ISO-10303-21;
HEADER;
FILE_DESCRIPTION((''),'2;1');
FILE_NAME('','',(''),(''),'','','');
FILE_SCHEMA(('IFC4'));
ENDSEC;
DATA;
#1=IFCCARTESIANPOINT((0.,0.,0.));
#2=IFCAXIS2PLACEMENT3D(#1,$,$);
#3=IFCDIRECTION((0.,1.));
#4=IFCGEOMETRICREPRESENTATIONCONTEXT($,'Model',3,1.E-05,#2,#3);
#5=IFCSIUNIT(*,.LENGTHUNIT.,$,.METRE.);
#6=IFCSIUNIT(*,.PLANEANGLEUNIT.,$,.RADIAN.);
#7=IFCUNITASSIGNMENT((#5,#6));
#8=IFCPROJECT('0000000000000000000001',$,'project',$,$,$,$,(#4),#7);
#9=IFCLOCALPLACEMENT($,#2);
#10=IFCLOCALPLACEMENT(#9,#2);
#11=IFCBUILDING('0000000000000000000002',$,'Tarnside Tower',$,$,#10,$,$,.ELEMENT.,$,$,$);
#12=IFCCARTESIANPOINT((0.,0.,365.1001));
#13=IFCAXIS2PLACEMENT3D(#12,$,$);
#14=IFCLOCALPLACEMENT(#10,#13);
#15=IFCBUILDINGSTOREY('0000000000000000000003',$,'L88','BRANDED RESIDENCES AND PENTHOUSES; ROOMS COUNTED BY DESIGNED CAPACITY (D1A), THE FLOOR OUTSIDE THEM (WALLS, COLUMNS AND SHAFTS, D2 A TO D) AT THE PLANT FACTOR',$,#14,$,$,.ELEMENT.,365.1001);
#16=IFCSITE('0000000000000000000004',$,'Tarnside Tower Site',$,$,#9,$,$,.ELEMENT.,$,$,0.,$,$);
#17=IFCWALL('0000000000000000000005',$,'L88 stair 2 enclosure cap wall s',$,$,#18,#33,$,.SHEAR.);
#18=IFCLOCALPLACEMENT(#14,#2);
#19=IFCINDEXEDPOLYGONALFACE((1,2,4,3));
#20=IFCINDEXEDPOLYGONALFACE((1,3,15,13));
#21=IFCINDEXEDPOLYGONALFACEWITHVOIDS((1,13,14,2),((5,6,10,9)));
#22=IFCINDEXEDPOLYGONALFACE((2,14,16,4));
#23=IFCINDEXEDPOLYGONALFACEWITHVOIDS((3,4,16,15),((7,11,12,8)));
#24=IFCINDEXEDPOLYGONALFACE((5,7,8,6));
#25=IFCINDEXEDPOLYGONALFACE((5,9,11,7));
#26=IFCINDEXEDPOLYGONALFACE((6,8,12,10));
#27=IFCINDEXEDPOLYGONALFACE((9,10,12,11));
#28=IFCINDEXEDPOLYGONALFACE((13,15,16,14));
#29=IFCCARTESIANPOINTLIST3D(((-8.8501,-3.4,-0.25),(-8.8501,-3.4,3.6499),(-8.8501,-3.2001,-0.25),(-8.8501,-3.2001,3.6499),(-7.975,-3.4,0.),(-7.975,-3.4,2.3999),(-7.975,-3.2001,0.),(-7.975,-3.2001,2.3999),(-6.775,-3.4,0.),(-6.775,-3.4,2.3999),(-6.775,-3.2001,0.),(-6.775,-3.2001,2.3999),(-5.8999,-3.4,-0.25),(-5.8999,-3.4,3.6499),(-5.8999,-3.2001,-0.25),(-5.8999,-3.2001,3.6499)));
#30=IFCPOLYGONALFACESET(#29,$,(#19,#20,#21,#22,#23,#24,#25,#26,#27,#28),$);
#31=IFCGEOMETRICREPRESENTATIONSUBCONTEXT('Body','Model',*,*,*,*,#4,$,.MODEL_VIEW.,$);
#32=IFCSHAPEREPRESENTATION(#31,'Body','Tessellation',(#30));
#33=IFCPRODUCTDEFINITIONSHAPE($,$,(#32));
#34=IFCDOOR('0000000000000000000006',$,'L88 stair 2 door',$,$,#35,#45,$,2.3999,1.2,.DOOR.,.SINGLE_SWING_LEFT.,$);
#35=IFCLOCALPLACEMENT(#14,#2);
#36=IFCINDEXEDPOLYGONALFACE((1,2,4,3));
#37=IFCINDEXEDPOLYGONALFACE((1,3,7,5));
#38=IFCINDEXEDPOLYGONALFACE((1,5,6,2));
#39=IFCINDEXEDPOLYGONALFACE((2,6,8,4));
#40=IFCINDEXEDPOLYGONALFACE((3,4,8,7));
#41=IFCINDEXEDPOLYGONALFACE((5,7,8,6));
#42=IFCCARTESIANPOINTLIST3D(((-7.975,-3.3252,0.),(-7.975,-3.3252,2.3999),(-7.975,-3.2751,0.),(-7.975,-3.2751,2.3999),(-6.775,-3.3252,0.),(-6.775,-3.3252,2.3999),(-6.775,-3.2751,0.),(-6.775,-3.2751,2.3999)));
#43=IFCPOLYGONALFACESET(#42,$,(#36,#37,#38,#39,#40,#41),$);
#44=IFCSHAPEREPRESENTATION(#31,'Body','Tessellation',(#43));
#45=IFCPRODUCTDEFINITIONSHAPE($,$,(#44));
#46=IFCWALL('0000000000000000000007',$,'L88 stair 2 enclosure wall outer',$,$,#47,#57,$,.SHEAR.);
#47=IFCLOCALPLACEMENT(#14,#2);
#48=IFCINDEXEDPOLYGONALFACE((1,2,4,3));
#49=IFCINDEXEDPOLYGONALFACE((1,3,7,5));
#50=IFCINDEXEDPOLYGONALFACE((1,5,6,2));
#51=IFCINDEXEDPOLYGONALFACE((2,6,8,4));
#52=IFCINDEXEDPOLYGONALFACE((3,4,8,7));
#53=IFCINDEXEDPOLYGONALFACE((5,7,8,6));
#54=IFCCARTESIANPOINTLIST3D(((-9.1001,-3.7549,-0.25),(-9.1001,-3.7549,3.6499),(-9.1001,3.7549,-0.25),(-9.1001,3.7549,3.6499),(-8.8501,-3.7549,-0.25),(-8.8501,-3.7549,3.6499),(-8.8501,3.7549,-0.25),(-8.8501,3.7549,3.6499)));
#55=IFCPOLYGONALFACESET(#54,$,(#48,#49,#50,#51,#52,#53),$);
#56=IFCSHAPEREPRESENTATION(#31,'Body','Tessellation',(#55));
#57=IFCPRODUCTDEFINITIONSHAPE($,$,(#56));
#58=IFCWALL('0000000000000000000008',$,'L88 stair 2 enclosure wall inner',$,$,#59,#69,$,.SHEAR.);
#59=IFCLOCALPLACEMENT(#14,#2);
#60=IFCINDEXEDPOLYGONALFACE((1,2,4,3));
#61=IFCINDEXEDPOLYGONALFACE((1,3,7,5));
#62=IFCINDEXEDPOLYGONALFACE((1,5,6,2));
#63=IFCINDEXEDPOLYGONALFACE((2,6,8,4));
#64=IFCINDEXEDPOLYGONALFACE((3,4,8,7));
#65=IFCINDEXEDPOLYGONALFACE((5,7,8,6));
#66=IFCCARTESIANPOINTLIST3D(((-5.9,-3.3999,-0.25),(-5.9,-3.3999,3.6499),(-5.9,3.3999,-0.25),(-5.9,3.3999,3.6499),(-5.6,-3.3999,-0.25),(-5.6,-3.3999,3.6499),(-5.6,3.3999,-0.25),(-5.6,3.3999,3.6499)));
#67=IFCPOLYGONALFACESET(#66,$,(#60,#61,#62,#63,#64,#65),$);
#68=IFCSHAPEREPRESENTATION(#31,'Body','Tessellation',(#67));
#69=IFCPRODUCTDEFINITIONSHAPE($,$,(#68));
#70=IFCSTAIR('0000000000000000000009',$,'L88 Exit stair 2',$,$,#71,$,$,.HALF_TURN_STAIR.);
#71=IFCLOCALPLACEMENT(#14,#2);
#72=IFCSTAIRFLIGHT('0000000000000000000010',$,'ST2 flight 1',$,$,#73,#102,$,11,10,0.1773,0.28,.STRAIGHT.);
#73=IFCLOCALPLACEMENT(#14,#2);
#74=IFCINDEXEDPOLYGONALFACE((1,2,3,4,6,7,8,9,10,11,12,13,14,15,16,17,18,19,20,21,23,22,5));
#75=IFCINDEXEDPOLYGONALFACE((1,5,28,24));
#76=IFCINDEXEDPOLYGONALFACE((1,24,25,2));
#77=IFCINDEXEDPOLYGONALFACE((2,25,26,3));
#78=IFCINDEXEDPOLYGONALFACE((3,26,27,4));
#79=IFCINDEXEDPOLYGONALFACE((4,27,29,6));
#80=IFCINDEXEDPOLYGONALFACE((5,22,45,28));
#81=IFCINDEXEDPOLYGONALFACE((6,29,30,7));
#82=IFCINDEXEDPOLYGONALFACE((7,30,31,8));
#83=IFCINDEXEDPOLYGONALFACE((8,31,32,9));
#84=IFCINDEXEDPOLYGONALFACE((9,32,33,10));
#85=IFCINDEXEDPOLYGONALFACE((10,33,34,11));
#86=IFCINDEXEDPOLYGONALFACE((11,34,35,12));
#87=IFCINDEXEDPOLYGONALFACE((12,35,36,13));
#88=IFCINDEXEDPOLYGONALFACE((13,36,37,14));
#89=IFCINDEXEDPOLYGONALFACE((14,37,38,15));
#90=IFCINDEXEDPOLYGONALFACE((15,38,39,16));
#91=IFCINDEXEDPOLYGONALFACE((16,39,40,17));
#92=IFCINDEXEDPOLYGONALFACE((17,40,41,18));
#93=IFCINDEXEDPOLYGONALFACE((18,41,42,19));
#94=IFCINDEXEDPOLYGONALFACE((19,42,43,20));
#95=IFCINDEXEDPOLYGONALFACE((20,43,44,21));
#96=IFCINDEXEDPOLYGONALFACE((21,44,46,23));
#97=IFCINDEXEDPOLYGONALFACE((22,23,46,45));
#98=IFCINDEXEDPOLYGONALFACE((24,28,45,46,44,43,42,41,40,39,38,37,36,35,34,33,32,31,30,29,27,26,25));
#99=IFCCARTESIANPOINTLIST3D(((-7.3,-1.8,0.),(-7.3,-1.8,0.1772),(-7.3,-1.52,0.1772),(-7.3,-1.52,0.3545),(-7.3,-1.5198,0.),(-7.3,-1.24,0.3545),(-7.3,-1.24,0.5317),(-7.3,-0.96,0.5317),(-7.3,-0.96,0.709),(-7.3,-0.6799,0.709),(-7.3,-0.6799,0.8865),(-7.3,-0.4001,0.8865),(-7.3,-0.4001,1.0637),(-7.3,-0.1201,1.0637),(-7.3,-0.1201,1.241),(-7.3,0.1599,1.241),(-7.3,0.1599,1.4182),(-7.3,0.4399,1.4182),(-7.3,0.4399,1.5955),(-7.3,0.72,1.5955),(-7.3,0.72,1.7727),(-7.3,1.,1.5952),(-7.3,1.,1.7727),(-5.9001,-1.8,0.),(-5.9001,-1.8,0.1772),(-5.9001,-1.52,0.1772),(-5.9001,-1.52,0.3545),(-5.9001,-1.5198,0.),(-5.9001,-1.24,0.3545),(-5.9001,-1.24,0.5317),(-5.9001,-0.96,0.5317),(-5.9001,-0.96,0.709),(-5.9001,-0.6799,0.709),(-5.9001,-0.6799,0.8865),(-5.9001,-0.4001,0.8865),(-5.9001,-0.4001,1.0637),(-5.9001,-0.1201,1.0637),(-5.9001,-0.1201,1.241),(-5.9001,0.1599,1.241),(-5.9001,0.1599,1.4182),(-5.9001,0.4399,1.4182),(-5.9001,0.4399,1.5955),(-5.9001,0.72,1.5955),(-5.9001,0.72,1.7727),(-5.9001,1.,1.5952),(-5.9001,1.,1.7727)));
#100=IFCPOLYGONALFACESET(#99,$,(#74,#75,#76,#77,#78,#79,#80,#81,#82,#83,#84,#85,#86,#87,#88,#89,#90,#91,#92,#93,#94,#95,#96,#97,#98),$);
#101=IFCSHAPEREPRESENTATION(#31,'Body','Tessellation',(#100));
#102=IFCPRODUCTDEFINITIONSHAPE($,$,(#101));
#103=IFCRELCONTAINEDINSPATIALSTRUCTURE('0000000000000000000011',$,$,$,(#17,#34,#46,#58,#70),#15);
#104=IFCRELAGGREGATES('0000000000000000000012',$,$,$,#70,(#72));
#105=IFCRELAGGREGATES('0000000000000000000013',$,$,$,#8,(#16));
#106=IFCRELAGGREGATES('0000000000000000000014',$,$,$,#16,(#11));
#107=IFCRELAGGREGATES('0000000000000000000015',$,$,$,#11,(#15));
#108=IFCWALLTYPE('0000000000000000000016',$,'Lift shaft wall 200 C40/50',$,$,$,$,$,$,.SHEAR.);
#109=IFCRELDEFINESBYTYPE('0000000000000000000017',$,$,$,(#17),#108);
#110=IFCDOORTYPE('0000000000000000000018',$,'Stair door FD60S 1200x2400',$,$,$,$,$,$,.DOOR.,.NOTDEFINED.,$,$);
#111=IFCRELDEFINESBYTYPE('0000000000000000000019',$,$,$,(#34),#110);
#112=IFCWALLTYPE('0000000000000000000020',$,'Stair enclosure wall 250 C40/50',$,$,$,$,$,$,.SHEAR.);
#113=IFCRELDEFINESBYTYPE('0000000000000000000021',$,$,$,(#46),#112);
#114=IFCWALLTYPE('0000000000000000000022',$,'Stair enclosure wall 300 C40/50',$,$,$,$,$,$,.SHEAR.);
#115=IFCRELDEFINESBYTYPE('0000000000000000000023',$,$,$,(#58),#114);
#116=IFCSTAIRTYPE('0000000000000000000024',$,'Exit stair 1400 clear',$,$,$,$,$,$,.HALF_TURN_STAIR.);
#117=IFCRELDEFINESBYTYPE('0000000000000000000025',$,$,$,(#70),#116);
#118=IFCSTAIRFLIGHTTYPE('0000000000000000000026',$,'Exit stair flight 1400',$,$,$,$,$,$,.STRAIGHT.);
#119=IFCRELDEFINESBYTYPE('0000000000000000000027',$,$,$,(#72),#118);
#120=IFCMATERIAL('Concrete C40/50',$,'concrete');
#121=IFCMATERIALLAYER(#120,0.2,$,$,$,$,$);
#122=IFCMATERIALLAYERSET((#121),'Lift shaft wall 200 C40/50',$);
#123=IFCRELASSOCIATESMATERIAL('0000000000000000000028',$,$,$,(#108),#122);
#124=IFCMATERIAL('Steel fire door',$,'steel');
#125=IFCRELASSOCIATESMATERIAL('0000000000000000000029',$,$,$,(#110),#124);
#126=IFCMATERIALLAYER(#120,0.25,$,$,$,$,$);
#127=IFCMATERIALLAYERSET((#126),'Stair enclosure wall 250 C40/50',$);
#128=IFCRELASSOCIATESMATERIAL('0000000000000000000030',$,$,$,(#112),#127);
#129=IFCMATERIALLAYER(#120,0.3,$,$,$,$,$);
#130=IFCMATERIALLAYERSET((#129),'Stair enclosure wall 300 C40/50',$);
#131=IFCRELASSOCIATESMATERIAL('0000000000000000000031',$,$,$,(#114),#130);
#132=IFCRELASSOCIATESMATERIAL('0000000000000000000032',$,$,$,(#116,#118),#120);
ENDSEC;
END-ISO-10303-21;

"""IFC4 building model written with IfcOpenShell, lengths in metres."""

from ifc_helpers import new_model, si_unit, direction, frame, frame_2d, origin, place, context, subcontext, project, spatial, polyline, rectangle, outline, extrude, material, layer, layer_set, type_object, element, fill, aggregate, save


model = new_model("IFC4")

# Units and contexts
model_context = context("Model", 3, precision=1e-05, world=origin(), true_north=direction((0.0, 1.0)))
body_context = subcontext(model_context, "Body", "Model", "MODEL_VIEW")
ifc_project = project(units=[si_unit("LENGTHUNIT", "METRE"), si_unit("PLANEANGLEUNIT", "RADIAN")], contexts=[model_context])

# Site, building, storey
site_placement = place(None, origin())
site = spatial("IfcSite", under=ifc_project, at=site_placement, Name="Tarnside Tower Site", CompositionType="ELEMENT", RefElevation=0.0)
building_placement = place(site_placement, origin())
building = spatial("IfcBuilding", under=site, at=building_placement, Name="Tarnside Tower", CompositionType="ELEMENT")
storey_placement = place(building_placement, frame((0.0, 0.0, 365.1001)))
storey = spatial("IfcBuildingStorey", under=building, at=storey_placement, Name="L88", Description="BRANDED RESIDENCES AND PENTHOUSES; ROOMS COUNTED BY DESIGNED CAPACITY (D1A), THE FLOOR OUTSIDE THEM (WALLS, COLUMNS AND SHAFTS, D2 A TO D) AT THE PLANT FACTOR", CompositionType="ELEMENT", Elevation=365.1001)

# Shared definitions
ifc_material_1 = material(Name="Concrete C40/50", Category="concrete")
ifc_layer_1 = layer(ifc_material_1, 0.2)
ifc_layer_set_1 = layer_set([ifc_layer_1], Name="Lift shaft wall 200 C40/50")
wall_type_1 = type_object("IfcWallType", Name="Lift shaft wall 200 C40/50", PredefinedType="SHEAR", material=ifc_layer_set_1)

# Wall, opening, door
wall_1_placement = place(storey_placement, frame((-8.8501, -3.3, -0.25), z_axis=(0.0, 0.0, 1.0), x_axis=(1.0, 0.0, 0.0)))
wall_1 = element("IfcWall", 1, at=wall_1_placement, inside=storey, type_object=wall_type_1, Name="L88 stair 2 enclosure cap wall s", PredefinedType="SHEAR", context=body_context, shape_type="SweptSolid", body=[
    extrude(rectangle(XDim=2.9502, YDim=0.2, at=frame_2d((1.4751, 0.0))), origin(), (0.0, 0.0, 1.0), 3.8999),
])
opening_1_placement = place(wall_1_placement, frame((0.875, 0.0, 0.25)))
opening_1 = element("IfcOpeningElement", 2, at=opening_1_placement, cuts=wall_1, PredefinedType="OPENING", context=body_context, shape_type="SweptSolid", body=[
    extrude(rectangle(XDim=1.2, YDim=2.3999, at=frame_2d((0.6001, 1.2))), frame((0.0, 0.1099, 0.0), z_axis=(0.0, -1.0, 0.0), x_axis=(1.0, 0.0, 0.0)), (0.0, 0.0, 1.0), 0.22),
])
ifc_material_2 = material(Name="Steel fire door", Category="steel")
door_type_1 = type_object("IfcDoorType", Name="Stair door FD60S 1200x2400", OperationType="NOTDEFINED", PredefinedType="DOOR", material=ifc_material_2)
door_1_placement = place(opening_1_placement, origin())
door_1 = element("IfcDoor", 3, at=door_1_placement, inside=storey, type_object=door_type_1, Name="L88 stair 2 door", OperationType="SINGLE_SWING_LEFT", OverallHeight=2.3999, OverallWidth=1.2, PredefinedType="DOOR", context=body_context, shape_type="SweptSolid", body=[
    extrude(rectangle(XDim=1.2, YDim=2.3999, at=frame_2d((0.6001, 1.2))), frame((0.0, 0.0249, 0.0), z_axis=(0.0, -1.0, 0.0), x_axis=(1.0, 0.0, 0.0)), (0.0, 0.0, 1.0), 0.05),
])
fill(opening_1, door_1)

# Walls
ifc_layer_2 = layer(ifc_material_1, 0.25)
ifc_layer_set_2 = layer_set([ifc_layer_2], Name="Stair enclosure wall 250 C40/50")
wall_type_2 = type_object("IfcWallType", Name="Stair enclosure wall 250 C40/50", PredefinedType="SHEAR", material=ifc_layer_set_2)
wall_2_placement = place(storey_placement, frame((-8.9751, -3.7549, -0.25), z_axis=(0.0, 0.0, 1.0), x_axis=(0.0, 1.0, 0.0)))
element("IfcWall", 4, at=wall_2_placement, inside=storey, type_object=wall_type_2, Name="L88 stair 2 enclosure wall outer", PredefinedType="SHEAR", context=body_context, shape_type="SweptSolid", body=[
    extrude(rectangle(XDim=7.5098, YDim=0.25, at=frame_2d((3.7549, 0.0))), origin(), (0.0, 0.0, 1.0), 3.8999),
])
ifc_layer_3 = layer(ifc_material_1, 0.3)
ifc_layer_set_3 = layer_set([ifc_layer_3], Name="Stair enclosure wall 300 C40/50")
wall_type_3 = type_object("IfcWallType", Name="Stair enclosure wall 300 C40/50", PredefinedType="SHEAR", material=ifc_layer_set_3)
wall_3_placement = place(storey_placement, frame((-5.75, -3.3999, -0.25), z_axis=(0.0, 0.0, 1.0), x_axis=(0.0, 1.0, 0.0)))
element("IfcWall", 5, at=wall_3_placement, inside=storey, type_object=wall_type_3, Name="L88 stair 2 enclosure wall inner", PredefinedType="SHEAR", context=body_context, shape_type="SweptSolid", body=[
    extrude(rectangle(XDim=6.7998, YDim=0.3, at=frame_2d((3.3999, 0.0))), origin(), (0.0, 0.0, 1.0), 3.8999),
])

# Stair, stair flight
stair_type = type_object("IfcStairType", Name="Exit stair 1400 clear", PredefinedType="HALF_TURN_STAIR", material=ifc_material_1)
stair_placement = place(storey_placement, origin())
stair = element("IfcStair", 6, at=stair_placement, inside=storey, type_object=stair_type, Name="L88 Exit stair 2", PredefinedType="HALF_TURN_STAIR")
stair_flight_type = type_object("IfcStairFlightType", Name="Exit stair flight 1400", PredefinedType="STRAIGHT", material=ifc_material_1)
stair_flight_placement = place(storey_placement, frame((-6.6001, -1.8, 0.0), z_axis=(0.0, 0.0, 1.0), x_axis=(0.0, 1.0, 0.0)))
stair_flight = element("IfcStairFlight", 7, at=stair_flight_placement, type_object=stair_flight_type, Name="ST2 flight 1", NumberOfRisers=11, NumberOfTreads=10, PredefinedType="STRAIGHT", RiserHeight=0.1773, TreadLength=0.28, context=body_context, shape_type="SweptSolid", body=[
    extrude(outline(polyline([(0.0, 0.0), (0.0, 0.1772), (0.28, 0.1772), (0.28, 0.3545), (0.5601, 0.3545), (0.5601, 0.5317), (0.8401, 0.5317), (0.8401, 0.709), (1.1201, 0.709), (1.1201, 0.8865), (1.3999, 0.8865), (1.3999, 1.0637), (1.6799, 1.0637), (1.6799, 1.241), (1.96, 1.241), (1.96, 1.4182), (2.24, 1.4182), (2.24, 1.5955), (2.52, 1.5955), (2.52, 1.7727), (2.8, 1.7727), (2.8, 1.95), (2.8, 1.5952), (0.2803, 0.0), (0.0, 0.0)])), frame((0.0, 0.7, 0.0), z_axis=(0.0, -1.0, 0.0), x_axis=(1.0, 0.0, 0.0)), (0.0, 0.0, 1.0), 1.3999),
])
aggregate(stair, [stair_flight])

save(model, "model.ifc")
